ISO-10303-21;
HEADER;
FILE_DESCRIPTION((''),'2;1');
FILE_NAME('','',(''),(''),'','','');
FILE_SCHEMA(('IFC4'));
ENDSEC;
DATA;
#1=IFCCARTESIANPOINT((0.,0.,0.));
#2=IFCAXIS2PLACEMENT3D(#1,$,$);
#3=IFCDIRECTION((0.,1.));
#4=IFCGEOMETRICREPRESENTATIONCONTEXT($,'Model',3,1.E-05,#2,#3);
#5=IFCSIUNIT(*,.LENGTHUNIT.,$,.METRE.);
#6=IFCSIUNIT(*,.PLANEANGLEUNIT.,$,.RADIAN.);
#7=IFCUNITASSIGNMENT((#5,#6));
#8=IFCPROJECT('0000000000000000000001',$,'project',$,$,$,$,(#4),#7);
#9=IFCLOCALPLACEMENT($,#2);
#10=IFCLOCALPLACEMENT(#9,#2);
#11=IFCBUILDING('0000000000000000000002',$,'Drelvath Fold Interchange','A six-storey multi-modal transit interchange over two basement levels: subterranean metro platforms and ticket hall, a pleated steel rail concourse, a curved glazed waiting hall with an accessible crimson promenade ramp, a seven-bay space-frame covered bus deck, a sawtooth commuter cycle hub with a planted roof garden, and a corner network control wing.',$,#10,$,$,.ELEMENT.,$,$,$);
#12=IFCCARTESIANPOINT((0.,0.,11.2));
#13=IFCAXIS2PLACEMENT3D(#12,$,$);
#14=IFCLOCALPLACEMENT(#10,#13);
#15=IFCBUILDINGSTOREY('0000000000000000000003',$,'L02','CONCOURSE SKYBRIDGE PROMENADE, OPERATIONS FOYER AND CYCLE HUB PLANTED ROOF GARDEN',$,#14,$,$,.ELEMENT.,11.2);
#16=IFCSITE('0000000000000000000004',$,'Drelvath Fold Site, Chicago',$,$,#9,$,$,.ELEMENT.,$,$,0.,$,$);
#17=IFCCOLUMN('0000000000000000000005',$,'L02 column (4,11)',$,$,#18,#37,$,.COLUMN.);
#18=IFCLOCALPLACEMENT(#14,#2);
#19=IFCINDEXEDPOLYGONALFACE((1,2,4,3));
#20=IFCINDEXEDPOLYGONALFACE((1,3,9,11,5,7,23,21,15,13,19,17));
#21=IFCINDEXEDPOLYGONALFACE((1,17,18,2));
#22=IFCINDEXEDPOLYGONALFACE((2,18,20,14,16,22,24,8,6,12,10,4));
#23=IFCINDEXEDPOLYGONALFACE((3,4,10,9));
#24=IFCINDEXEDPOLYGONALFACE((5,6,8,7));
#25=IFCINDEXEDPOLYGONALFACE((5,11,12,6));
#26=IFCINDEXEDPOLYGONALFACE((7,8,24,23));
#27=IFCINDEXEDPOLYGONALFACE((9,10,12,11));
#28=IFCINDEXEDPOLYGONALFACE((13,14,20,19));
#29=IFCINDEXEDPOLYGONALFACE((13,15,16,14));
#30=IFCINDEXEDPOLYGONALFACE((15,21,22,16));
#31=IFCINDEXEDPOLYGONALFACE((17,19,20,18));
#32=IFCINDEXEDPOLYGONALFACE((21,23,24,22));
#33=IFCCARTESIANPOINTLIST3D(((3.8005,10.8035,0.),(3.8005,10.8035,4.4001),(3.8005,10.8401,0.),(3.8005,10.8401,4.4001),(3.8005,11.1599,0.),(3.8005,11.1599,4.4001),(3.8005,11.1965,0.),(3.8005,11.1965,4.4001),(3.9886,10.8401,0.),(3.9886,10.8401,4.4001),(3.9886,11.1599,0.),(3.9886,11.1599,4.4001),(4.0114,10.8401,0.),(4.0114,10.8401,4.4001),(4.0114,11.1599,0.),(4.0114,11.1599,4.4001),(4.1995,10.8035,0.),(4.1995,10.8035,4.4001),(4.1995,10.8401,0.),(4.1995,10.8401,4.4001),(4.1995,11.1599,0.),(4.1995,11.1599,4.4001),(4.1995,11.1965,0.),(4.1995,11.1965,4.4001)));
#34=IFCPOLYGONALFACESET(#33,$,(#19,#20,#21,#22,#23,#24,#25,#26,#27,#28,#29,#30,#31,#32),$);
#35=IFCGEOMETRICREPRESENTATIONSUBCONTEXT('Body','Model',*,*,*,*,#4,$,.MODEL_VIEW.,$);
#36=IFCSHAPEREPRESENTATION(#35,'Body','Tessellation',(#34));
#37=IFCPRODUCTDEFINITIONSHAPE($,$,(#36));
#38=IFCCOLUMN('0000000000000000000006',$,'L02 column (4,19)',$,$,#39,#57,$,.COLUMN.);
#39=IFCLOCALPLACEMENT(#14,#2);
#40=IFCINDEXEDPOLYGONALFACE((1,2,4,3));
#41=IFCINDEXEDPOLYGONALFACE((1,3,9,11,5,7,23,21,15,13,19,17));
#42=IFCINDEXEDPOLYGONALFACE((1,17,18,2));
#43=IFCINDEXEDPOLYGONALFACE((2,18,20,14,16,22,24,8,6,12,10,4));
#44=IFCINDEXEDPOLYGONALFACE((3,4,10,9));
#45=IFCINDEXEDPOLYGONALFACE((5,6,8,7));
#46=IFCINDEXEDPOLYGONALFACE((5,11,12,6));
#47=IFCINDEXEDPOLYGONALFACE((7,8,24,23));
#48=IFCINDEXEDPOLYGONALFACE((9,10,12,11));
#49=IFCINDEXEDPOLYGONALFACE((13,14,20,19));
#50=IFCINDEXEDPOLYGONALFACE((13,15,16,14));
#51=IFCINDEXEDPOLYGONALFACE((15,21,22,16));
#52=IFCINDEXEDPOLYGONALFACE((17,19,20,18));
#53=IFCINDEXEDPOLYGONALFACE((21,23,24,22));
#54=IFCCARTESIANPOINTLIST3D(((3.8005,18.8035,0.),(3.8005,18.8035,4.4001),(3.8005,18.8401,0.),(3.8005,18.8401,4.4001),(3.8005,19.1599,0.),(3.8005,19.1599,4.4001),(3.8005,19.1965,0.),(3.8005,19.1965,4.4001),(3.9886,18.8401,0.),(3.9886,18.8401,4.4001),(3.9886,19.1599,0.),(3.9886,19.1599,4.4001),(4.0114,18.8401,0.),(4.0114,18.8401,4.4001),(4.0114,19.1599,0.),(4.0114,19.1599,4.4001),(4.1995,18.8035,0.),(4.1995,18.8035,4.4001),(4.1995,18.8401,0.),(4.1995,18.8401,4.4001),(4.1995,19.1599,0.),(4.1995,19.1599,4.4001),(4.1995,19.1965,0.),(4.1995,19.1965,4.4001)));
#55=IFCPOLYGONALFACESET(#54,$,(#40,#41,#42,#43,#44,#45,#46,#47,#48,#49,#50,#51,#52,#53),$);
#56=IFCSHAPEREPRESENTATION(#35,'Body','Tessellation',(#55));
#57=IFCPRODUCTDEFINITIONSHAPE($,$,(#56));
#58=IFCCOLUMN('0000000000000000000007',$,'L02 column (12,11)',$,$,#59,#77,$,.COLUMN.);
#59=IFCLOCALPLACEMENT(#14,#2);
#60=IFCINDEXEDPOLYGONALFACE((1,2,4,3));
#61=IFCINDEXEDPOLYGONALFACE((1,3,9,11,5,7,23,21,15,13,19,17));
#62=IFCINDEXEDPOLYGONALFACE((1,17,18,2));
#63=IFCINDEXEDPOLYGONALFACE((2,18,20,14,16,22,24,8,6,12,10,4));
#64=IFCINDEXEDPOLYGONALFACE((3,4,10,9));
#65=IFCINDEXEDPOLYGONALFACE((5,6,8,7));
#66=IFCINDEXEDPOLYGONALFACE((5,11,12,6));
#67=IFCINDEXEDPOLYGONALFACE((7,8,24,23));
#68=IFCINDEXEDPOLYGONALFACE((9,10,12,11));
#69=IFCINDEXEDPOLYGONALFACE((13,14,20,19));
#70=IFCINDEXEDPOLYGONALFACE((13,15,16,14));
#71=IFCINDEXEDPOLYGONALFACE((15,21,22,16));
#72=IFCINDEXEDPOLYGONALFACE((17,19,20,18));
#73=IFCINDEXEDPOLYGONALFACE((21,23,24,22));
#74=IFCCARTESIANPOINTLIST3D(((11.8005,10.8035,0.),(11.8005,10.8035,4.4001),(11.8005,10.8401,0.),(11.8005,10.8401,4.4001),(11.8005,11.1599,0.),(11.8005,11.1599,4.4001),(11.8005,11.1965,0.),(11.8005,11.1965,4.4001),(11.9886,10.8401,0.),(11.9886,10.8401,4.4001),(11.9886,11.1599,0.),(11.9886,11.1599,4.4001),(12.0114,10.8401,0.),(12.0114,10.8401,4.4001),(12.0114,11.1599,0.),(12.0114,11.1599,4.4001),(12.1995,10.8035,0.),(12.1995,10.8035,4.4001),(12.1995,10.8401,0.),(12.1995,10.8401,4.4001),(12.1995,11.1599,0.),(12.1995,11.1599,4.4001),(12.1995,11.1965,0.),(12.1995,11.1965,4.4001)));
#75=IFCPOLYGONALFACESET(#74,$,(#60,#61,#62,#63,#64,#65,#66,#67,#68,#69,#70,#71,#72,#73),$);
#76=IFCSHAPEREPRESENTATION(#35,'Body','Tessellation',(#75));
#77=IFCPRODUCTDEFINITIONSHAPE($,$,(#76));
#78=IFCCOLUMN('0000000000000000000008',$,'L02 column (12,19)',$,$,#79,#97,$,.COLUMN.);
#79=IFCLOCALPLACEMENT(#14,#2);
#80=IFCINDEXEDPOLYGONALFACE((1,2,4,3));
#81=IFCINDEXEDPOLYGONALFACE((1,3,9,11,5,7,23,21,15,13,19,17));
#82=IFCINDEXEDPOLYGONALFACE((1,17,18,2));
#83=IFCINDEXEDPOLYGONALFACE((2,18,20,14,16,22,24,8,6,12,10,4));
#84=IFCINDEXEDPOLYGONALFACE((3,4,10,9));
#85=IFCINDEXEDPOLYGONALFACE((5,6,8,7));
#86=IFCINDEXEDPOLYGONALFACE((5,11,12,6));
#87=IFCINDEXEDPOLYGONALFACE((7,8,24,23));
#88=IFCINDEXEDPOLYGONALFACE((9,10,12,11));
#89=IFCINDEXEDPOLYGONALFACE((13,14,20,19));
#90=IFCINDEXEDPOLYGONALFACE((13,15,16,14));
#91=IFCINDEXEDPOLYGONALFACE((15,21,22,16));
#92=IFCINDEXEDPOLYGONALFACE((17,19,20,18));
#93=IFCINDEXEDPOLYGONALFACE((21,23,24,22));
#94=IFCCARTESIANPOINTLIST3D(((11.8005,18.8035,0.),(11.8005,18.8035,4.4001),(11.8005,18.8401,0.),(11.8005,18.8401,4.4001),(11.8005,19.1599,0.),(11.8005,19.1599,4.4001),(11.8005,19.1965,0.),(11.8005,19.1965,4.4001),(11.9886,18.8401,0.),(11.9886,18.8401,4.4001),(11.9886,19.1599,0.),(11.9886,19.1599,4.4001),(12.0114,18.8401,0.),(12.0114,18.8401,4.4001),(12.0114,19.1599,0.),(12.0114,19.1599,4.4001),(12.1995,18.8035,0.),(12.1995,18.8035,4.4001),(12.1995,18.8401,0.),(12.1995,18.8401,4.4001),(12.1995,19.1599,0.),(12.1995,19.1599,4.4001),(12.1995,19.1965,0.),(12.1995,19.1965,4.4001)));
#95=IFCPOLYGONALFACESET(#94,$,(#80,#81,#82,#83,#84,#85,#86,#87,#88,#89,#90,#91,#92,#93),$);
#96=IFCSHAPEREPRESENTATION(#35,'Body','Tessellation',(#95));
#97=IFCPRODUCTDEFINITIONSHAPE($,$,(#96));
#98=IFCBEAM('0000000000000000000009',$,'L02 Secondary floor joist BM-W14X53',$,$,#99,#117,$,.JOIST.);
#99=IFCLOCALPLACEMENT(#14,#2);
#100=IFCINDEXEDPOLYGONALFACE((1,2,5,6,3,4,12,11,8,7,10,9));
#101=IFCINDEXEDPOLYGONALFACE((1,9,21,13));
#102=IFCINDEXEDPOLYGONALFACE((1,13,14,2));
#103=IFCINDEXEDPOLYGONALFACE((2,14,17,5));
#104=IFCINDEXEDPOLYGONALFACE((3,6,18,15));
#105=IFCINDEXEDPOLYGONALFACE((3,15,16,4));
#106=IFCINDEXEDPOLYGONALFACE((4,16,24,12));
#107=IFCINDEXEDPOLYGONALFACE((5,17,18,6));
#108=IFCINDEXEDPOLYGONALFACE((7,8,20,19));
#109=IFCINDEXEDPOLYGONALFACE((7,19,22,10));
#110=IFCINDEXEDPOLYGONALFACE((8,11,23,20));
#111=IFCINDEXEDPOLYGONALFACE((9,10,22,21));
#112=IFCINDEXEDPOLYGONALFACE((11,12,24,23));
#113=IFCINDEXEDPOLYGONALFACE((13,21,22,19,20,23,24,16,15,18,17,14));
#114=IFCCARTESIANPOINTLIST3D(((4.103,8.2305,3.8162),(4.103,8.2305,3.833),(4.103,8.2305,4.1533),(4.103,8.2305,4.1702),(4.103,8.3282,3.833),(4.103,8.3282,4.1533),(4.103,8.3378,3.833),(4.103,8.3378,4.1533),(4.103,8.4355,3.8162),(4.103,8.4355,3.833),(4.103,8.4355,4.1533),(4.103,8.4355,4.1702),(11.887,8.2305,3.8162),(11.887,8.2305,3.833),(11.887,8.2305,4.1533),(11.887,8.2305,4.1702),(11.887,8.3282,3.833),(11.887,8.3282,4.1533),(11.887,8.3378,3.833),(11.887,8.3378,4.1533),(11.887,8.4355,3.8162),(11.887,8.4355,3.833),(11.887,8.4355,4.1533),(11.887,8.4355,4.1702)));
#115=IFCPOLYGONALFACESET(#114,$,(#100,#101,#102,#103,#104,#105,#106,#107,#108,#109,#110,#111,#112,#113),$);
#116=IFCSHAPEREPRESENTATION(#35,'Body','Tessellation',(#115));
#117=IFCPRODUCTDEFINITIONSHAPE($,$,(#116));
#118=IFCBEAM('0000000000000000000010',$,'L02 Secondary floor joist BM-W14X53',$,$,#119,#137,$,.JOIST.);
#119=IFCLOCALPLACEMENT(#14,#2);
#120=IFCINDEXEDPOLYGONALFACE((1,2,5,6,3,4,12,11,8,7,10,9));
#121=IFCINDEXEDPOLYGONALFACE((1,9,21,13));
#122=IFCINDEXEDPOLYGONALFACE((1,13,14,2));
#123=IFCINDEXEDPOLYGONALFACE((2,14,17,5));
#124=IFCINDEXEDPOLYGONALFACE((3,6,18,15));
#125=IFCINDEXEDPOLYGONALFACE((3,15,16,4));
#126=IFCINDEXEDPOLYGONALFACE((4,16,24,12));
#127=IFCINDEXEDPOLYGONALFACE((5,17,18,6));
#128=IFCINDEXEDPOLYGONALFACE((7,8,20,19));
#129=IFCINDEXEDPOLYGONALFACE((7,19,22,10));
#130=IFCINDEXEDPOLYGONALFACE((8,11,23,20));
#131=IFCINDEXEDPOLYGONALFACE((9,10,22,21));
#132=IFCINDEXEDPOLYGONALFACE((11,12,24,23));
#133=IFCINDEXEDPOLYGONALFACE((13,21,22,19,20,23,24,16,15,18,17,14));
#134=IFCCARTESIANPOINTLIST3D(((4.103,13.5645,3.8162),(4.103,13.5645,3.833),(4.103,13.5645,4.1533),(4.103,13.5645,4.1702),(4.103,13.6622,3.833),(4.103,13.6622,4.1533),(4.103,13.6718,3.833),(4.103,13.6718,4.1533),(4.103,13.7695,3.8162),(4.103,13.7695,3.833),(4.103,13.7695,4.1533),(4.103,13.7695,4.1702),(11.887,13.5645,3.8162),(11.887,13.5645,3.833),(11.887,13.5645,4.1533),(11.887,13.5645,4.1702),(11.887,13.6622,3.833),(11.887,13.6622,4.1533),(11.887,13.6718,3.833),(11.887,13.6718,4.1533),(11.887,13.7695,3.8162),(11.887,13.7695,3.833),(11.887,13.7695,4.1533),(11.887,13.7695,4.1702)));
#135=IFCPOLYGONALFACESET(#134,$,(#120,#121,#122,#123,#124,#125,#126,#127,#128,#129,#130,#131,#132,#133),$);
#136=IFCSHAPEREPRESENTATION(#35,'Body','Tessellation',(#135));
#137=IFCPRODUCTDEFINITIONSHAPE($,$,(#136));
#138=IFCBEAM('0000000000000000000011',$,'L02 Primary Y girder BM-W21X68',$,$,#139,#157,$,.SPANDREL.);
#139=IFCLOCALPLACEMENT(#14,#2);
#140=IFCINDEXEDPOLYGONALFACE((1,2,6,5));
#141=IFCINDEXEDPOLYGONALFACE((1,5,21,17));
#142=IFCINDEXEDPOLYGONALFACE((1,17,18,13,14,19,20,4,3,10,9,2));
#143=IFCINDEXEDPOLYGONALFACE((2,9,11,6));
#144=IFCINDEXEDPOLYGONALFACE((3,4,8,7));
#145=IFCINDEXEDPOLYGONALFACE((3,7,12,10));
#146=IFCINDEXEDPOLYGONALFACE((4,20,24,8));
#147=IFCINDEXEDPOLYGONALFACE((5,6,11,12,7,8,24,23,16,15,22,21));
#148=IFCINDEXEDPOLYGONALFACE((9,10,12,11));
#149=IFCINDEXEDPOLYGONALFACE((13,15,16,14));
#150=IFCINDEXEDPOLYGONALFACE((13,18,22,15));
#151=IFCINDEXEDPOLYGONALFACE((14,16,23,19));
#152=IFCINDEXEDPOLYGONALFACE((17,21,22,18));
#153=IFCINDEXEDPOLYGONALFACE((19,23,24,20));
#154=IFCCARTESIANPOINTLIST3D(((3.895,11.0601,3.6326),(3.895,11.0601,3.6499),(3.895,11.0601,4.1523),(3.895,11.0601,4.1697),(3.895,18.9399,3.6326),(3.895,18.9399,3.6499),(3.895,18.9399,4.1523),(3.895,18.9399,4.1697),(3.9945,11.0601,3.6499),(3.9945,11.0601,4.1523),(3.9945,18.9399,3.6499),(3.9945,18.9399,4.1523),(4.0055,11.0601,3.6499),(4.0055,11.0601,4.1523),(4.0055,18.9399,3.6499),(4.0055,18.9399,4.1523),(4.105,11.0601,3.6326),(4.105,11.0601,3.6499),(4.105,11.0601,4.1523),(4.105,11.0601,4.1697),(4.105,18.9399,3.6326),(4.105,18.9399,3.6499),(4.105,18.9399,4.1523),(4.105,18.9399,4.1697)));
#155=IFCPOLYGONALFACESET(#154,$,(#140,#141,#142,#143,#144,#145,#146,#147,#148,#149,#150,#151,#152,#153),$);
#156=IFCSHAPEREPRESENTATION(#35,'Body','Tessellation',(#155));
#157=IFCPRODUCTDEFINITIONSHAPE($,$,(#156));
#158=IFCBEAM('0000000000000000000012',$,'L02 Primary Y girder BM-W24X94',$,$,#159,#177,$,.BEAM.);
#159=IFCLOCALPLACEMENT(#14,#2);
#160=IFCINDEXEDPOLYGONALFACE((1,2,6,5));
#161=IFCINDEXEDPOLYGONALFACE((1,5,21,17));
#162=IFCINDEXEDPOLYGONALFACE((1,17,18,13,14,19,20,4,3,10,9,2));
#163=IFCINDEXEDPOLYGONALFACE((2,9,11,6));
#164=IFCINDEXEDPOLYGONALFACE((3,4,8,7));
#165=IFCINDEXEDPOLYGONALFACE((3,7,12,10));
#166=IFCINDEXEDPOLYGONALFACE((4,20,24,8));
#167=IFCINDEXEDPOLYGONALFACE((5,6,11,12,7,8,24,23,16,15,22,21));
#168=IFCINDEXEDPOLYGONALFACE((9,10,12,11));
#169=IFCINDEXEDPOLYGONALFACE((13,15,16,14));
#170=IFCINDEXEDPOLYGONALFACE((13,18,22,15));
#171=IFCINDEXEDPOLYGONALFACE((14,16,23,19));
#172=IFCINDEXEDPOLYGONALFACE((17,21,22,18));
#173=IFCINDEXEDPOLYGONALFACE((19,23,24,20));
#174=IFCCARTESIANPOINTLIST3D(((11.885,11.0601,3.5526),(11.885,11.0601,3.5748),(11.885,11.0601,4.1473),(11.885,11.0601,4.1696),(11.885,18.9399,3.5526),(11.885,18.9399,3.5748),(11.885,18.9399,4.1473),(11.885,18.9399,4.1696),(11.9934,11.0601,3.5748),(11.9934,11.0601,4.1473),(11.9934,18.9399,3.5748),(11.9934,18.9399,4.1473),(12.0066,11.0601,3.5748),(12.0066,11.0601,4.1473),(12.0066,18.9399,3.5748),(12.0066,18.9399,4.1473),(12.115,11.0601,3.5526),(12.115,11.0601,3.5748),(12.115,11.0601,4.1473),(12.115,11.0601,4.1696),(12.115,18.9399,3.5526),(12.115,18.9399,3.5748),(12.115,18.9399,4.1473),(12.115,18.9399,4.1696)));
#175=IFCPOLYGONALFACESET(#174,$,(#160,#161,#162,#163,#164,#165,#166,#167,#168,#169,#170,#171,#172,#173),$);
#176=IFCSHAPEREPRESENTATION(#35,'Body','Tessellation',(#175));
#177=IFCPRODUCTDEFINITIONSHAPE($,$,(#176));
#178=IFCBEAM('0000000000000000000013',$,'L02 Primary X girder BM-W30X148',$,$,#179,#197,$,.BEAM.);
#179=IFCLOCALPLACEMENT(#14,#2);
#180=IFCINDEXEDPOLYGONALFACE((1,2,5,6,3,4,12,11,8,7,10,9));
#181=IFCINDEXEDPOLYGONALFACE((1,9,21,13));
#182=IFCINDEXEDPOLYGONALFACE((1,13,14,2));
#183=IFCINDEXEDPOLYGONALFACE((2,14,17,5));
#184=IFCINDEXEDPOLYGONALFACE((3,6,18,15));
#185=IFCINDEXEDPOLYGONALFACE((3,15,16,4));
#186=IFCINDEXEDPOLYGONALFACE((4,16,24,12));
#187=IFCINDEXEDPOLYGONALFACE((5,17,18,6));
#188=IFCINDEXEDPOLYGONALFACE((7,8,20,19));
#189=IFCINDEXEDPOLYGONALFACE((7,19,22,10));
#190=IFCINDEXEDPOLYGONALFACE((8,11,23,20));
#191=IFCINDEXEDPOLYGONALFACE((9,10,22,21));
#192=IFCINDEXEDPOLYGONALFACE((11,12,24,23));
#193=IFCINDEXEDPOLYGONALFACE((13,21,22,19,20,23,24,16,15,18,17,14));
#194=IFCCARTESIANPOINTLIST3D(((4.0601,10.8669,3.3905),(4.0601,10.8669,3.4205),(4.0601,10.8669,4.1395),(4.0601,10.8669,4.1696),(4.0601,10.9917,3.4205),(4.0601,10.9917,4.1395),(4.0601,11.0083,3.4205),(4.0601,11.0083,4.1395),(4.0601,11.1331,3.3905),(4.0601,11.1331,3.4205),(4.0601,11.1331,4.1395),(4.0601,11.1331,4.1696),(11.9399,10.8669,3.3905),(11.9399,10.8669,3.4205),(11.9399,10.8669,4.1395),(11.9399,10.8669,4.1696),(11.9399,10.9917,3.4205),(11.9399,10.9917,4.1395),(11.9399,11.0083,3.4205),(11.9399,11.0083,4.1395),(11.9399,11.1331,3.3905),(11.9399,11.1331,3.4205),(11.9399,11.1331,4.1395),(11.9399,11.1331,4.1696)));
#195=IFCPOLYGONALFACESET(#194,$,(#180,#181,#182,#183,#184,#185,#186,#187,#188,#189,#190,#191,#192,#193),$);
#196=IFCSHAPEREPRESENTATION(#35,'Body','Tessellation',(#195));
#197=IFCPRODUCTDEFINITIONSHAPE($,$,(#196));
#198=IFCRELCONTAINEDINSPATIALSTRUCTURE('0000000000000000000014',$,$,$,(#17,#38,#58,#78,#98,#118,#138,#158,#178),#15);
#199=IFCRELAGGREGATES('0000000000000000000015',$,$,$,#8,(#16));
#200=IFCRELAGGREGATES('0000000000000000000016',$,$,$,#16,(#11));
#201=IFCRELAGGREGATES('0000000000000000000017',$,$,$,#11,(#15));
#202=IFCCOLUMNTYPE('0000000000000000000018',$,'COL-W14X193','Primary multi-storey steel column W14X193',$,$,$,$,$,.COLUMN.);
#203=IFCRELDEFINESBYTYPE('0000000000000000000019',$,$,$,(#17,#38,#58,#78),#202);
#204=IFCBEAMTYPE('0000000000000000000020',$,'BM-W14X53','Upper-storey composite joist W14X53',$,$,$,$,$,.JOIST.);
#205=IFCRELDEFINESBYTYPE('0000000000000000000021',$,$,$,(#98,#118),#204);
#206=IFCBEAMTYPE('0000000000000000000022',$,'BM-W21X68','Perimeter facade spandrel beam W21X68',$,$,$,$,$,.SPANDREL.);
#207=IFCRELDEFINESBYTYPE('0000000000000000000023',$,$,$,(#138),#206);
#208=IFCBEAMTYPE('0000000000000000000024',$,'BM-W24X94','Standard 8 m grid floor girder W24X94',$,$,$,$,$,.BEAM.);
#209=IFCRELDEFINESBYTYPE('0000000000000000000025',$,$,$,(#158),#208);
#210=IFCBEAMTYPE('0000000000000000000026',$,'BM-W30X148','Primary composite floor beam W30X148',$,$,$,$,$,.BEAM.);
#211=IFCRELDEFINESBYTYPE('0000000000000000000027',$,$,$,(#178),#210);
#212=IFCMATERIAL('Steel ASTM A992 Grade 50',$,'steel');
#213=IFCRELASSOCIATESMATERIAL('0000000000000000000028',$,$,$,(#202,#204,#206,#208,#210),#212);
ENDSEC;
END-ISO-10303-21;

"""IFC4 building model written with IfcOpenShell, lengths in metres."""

from ifc_helpers import new_model, si_unit, direction, frame, origin, origin_2d, place, context, subcontext, project, spatial, i_section, extrude, material, material_profile, profile_set, type_object, element, save


model = new_model("IFC4")

# Units and contexts
model_context = context("Model", 3, precision=1e-05, world=origin(), true_north=direction((0.0, 1.0)))
body_context = subcontext(model_context, "Body", "Model", "MODEL_VIEW")
ifc_project = project(units=[si_unit("LENGTHUNIT", "METRE"), si_unit("PLANEANGLEUNIT", "RADIAN")], contexts=[model_context])

# Site, building, storey
site_placement = place(None, origin())
site = spatial("IfcSite", under=ifc_project, at=site_placement, Name="Drelvath Fold Site, Chicago", CompositionType="ELEMENT", RefElevation=0.0)
building_placement = place(site_placement, origin())
building = spatial("IfcBuilding", under=site, at=building_placement, Name="Drelvath Fold Interchange", Description="A six-storey multi-modal transit interchange over two basement levels: subterranean metro platforms and ticket hall, a pleated steel rail concourse, a curved glazed waiting hall with an accessible crimson promenade ramp, a seven-bay space-frame covered bus deck, a sawtooth commuter cycle hub with a planted roof garden, and a corner network control wing.", CompositionType="ELEMENT")
storey_placement = place(building_placement, frame((0.0, 0.0, 11.2)))
storey = spatial("IfcBuildingStorey", under=building, at=storey_placement, Name="L02", Description="CONCOURSE SKYBRIDGE PROMENADE, OPERATIONS FOYER AND CYCLE HUB PLANTED ROOF GARDEN", CompositionType="ELEMENT", Elevation=11.2)

# Columns
ifc_material_1 = material(Name="Steel ASTM A992 Grade 50", Category="steel")
ifc_material_profile_1 = material_profile(ifc_material_1, i_section(OverallWidth=0.3989, OverallDepth=0.3931, WebThickness=0.0227, FlangeThickness=0.0366, at=origin_2d()), Name="W14X193")
ifc_profile_set_1 = profile_set([ifc_material_profile_1], Name="Steel ASTM A992 Grade 50")
column_type = type_object("IfcColumnType", Name="COL-W14X193", Description="Primary multi-storey steel column W14X193", PredefinedType="COLUMN", material=ifc_profile_set_1)
for number, where, z_axis, x_axis, name in (
    (1, (4.0, 11.0, 0.0), (0.0, 0.0, 1.0), (1.0, 0.0, 0.0), "L02 column (4,11)"),
    (2, (4.0, 19.0, 0.0), (0.0, 0.0, 1.0), (1.0, 0.0, 0.0), "L02 column (4,19)"),
    (3, (12.0, 11.0, 0.0), (0.0, 0.0, 1.0), (1.0, 0.0, 0.0), "L02 column (12,11)"),
    (4, (12.0, 19.0, 0.0), (0.0, 0.0, 1.0), (1.0, 0.0, 0.0), "L02 column (12,19)"),
):
    element("IfcColumn", number, at=place(storey_placement, frame(where, z_axis=z_axis, x_axis=x_axis)), inside=storey, type_object=column_type, Name=name, PredefinedType="COLUMN", context=body_context, shape_type="SweptSolid", body=[
        extrude(i_section(OverallWidth=0.3989, OverallDepth=0.3931, WebThickness=0.0227, FlangeThickness=0.0366, at=origin_2d()), origin(), (0.0, 0.0, 1.0), 4.4001),
    ])

# Beams
ifc_material_profile_2 = material_profile(ifc_material_1, i_section(OverallWidth=0.2051, OverallDepth=0.354, WebThickness=0.0095, FlangeThickness=0.0168, at=origin_2d()), Name="W14X53")
ifc_profile_set_2 = profile_set([ifc_material_profile_2], Name="Steel ASTM A992 Grade 50")
beam_type_1 = type_object("IfcBeamType", Name="BM-W14X53", Description="Upper-storey composite joist W14X53", PredefinedType="JOIST", material=ifc_profile_set_2)
for number, where, z_axis, x_axis, name in (
    (5, (4.103, 8.333, 3.9932), (1.0, 0.0, 0.0), (0.0, 1.0, 0.0), "L02 Secondary floor joist BM-W14X53"),
    (6, (4.103, 13.667, 3.9932), (1.0, 0.0, 0.0), (0.0, 1.0, 0.0), "L02 Secondary floor joist BM-W14X53"),
):
    element("IfcBeam", number, at=place(storey_placement, frame(where, z_axis=z_axis, x_axis=x_axis)), inside=storey, type_object=beam_type_1, Name=name, PredefinedType="JOIST", context=body_context, shape_type="SweptSolid", body=[
        extrude(i_section(OverallWidth=0.2051, OverallDepth=0.354, WebThickness=0.0095, FlangeThickness=0.0168, at=origin_2d()), origin(), (0.0, 0.0, 1.0), 7.7839),
    ])
ifc_material_profile_3 = material_profile(ifc_material_1, i_section(OverallWidth=0.21, OverallDepth=0.5371, WebThickness=0.011, FlangeThickness=0.0173, at=origin_2d()), Name="W21X68")
ifc_profile_set_3 = profile_set([ifc_material_profile_3], Name="Steel ASTM A992 Grade 50")
beam_type_2 = type_object("IfcBeamType", Name="BM-W21X68", Description="Perimeter facade spandrel beam W21X68", PredefinedType="SPANDREL", material=ifc_profile_set_3)
beam_1_placement = place(storey_placement, frame((4.0, 11.0601, 3.9011), z_axis=(0.0, 1.0, 0.0), x_axis=(-1.0, 0.0, 0.0)))
element("IfcBeam", 7, at=beam_1_placement, inside=storey, type_object=beam_type_2, Name="L02 Primary Y girder BM-W21X68", PredefinedType="SPANDREL", context=body_context, shape_type="SweptSolid", body=[
    extrude(i_section(OverallWidth=0.21, OverallDepth=0.5371, WebThickness=0.011, FlangeThickness=0.0173, at=origin_2d()), origin(), (0.0, 0.0, 1.0), 7.8799),
])
ifc_material_profile_4 = material_profile(ifc_material_1, i_section(OverallWidth=0.23, OverallDepth=0.6169, WebThickness=0.0132, FlangeThickness=0.0222, at=origin_2d()), Name="W24X94")
ifc_profile_set_4 = profile_set([ifc_material_profile_4], Name="Steel ASTM A992 Grade 50")
beam_type_3 = type_object("IfcBeamType", Name="BM-W24X94", Description="Standard 8 m grid floor girder W24X94", PredefinedType="BEAM", material=ifc_profile_set_4)
beam_2_placement = place(storey_placement, frame((12.0, 11.0601, 3.8611), z_axis=(0.0, 1.0, 0.0), x_axis=(-1.0, 0.0, 0.0)))
element("IfcBeam", 8, at=beam_2_placement, inside=storey, type_object=beam_type_3, Name="L02 Primary Y girder BM-W24X94", PredefinedType="BEAM", context=body_context, shape_type="SweptSolid", body=[
    extrude(i_section(OverallWidth=0.23, OverallDepth=0.6169, WebThickness=0.0132, FlangeThickness=0.0222, at=origin_2d()), origin(), (0.0, 0.0, 1.0), 7.8799),
])
ifc_material_profile_5 = material_profile(ifc_material_1, i_section(OverallWidth=0.2661, OverallDepth=0.7791, WebThickness=0.0166, FlangeThickness=0.03, at=origin_2d()), Name="W30X148")
ifc_profile_set_5 = profile_set([ifc_material_profile_5], Name="Steel ASTM A992 Grade 50")
beam_type_4 = type_object("IfcBeamType", Name="BM-W30X148", Description="Primary composite floor beam W30X148", PredefinedType="BEAM", material=ifc_profile_set_5)
beam_3_placement = place(storey_placement, frame((4.0601, 11.0, 3.78), z_axis=(1.0, 0.0, 0.0), x_axis=(0.0, 1.0, 0.0)))
element("IfcBeam", 9, at=beam_3_placement, inside=storey, type_object=beam_type_4, Name="L02 Primary X girder BM-W30X148", PredefinedType="BEAM", context=body_context, shape_type="SweptSolid", body=[
    extrude(i_section(OverallWidth=0.2661, OverallDepth=0.7791, WebThickness=0.0166, FlangeThickness=0.03, at=origin_2d()), origin(), (0.0, 0.0, 1.0), 7.8799),
])

save(model, "model.ifc")
